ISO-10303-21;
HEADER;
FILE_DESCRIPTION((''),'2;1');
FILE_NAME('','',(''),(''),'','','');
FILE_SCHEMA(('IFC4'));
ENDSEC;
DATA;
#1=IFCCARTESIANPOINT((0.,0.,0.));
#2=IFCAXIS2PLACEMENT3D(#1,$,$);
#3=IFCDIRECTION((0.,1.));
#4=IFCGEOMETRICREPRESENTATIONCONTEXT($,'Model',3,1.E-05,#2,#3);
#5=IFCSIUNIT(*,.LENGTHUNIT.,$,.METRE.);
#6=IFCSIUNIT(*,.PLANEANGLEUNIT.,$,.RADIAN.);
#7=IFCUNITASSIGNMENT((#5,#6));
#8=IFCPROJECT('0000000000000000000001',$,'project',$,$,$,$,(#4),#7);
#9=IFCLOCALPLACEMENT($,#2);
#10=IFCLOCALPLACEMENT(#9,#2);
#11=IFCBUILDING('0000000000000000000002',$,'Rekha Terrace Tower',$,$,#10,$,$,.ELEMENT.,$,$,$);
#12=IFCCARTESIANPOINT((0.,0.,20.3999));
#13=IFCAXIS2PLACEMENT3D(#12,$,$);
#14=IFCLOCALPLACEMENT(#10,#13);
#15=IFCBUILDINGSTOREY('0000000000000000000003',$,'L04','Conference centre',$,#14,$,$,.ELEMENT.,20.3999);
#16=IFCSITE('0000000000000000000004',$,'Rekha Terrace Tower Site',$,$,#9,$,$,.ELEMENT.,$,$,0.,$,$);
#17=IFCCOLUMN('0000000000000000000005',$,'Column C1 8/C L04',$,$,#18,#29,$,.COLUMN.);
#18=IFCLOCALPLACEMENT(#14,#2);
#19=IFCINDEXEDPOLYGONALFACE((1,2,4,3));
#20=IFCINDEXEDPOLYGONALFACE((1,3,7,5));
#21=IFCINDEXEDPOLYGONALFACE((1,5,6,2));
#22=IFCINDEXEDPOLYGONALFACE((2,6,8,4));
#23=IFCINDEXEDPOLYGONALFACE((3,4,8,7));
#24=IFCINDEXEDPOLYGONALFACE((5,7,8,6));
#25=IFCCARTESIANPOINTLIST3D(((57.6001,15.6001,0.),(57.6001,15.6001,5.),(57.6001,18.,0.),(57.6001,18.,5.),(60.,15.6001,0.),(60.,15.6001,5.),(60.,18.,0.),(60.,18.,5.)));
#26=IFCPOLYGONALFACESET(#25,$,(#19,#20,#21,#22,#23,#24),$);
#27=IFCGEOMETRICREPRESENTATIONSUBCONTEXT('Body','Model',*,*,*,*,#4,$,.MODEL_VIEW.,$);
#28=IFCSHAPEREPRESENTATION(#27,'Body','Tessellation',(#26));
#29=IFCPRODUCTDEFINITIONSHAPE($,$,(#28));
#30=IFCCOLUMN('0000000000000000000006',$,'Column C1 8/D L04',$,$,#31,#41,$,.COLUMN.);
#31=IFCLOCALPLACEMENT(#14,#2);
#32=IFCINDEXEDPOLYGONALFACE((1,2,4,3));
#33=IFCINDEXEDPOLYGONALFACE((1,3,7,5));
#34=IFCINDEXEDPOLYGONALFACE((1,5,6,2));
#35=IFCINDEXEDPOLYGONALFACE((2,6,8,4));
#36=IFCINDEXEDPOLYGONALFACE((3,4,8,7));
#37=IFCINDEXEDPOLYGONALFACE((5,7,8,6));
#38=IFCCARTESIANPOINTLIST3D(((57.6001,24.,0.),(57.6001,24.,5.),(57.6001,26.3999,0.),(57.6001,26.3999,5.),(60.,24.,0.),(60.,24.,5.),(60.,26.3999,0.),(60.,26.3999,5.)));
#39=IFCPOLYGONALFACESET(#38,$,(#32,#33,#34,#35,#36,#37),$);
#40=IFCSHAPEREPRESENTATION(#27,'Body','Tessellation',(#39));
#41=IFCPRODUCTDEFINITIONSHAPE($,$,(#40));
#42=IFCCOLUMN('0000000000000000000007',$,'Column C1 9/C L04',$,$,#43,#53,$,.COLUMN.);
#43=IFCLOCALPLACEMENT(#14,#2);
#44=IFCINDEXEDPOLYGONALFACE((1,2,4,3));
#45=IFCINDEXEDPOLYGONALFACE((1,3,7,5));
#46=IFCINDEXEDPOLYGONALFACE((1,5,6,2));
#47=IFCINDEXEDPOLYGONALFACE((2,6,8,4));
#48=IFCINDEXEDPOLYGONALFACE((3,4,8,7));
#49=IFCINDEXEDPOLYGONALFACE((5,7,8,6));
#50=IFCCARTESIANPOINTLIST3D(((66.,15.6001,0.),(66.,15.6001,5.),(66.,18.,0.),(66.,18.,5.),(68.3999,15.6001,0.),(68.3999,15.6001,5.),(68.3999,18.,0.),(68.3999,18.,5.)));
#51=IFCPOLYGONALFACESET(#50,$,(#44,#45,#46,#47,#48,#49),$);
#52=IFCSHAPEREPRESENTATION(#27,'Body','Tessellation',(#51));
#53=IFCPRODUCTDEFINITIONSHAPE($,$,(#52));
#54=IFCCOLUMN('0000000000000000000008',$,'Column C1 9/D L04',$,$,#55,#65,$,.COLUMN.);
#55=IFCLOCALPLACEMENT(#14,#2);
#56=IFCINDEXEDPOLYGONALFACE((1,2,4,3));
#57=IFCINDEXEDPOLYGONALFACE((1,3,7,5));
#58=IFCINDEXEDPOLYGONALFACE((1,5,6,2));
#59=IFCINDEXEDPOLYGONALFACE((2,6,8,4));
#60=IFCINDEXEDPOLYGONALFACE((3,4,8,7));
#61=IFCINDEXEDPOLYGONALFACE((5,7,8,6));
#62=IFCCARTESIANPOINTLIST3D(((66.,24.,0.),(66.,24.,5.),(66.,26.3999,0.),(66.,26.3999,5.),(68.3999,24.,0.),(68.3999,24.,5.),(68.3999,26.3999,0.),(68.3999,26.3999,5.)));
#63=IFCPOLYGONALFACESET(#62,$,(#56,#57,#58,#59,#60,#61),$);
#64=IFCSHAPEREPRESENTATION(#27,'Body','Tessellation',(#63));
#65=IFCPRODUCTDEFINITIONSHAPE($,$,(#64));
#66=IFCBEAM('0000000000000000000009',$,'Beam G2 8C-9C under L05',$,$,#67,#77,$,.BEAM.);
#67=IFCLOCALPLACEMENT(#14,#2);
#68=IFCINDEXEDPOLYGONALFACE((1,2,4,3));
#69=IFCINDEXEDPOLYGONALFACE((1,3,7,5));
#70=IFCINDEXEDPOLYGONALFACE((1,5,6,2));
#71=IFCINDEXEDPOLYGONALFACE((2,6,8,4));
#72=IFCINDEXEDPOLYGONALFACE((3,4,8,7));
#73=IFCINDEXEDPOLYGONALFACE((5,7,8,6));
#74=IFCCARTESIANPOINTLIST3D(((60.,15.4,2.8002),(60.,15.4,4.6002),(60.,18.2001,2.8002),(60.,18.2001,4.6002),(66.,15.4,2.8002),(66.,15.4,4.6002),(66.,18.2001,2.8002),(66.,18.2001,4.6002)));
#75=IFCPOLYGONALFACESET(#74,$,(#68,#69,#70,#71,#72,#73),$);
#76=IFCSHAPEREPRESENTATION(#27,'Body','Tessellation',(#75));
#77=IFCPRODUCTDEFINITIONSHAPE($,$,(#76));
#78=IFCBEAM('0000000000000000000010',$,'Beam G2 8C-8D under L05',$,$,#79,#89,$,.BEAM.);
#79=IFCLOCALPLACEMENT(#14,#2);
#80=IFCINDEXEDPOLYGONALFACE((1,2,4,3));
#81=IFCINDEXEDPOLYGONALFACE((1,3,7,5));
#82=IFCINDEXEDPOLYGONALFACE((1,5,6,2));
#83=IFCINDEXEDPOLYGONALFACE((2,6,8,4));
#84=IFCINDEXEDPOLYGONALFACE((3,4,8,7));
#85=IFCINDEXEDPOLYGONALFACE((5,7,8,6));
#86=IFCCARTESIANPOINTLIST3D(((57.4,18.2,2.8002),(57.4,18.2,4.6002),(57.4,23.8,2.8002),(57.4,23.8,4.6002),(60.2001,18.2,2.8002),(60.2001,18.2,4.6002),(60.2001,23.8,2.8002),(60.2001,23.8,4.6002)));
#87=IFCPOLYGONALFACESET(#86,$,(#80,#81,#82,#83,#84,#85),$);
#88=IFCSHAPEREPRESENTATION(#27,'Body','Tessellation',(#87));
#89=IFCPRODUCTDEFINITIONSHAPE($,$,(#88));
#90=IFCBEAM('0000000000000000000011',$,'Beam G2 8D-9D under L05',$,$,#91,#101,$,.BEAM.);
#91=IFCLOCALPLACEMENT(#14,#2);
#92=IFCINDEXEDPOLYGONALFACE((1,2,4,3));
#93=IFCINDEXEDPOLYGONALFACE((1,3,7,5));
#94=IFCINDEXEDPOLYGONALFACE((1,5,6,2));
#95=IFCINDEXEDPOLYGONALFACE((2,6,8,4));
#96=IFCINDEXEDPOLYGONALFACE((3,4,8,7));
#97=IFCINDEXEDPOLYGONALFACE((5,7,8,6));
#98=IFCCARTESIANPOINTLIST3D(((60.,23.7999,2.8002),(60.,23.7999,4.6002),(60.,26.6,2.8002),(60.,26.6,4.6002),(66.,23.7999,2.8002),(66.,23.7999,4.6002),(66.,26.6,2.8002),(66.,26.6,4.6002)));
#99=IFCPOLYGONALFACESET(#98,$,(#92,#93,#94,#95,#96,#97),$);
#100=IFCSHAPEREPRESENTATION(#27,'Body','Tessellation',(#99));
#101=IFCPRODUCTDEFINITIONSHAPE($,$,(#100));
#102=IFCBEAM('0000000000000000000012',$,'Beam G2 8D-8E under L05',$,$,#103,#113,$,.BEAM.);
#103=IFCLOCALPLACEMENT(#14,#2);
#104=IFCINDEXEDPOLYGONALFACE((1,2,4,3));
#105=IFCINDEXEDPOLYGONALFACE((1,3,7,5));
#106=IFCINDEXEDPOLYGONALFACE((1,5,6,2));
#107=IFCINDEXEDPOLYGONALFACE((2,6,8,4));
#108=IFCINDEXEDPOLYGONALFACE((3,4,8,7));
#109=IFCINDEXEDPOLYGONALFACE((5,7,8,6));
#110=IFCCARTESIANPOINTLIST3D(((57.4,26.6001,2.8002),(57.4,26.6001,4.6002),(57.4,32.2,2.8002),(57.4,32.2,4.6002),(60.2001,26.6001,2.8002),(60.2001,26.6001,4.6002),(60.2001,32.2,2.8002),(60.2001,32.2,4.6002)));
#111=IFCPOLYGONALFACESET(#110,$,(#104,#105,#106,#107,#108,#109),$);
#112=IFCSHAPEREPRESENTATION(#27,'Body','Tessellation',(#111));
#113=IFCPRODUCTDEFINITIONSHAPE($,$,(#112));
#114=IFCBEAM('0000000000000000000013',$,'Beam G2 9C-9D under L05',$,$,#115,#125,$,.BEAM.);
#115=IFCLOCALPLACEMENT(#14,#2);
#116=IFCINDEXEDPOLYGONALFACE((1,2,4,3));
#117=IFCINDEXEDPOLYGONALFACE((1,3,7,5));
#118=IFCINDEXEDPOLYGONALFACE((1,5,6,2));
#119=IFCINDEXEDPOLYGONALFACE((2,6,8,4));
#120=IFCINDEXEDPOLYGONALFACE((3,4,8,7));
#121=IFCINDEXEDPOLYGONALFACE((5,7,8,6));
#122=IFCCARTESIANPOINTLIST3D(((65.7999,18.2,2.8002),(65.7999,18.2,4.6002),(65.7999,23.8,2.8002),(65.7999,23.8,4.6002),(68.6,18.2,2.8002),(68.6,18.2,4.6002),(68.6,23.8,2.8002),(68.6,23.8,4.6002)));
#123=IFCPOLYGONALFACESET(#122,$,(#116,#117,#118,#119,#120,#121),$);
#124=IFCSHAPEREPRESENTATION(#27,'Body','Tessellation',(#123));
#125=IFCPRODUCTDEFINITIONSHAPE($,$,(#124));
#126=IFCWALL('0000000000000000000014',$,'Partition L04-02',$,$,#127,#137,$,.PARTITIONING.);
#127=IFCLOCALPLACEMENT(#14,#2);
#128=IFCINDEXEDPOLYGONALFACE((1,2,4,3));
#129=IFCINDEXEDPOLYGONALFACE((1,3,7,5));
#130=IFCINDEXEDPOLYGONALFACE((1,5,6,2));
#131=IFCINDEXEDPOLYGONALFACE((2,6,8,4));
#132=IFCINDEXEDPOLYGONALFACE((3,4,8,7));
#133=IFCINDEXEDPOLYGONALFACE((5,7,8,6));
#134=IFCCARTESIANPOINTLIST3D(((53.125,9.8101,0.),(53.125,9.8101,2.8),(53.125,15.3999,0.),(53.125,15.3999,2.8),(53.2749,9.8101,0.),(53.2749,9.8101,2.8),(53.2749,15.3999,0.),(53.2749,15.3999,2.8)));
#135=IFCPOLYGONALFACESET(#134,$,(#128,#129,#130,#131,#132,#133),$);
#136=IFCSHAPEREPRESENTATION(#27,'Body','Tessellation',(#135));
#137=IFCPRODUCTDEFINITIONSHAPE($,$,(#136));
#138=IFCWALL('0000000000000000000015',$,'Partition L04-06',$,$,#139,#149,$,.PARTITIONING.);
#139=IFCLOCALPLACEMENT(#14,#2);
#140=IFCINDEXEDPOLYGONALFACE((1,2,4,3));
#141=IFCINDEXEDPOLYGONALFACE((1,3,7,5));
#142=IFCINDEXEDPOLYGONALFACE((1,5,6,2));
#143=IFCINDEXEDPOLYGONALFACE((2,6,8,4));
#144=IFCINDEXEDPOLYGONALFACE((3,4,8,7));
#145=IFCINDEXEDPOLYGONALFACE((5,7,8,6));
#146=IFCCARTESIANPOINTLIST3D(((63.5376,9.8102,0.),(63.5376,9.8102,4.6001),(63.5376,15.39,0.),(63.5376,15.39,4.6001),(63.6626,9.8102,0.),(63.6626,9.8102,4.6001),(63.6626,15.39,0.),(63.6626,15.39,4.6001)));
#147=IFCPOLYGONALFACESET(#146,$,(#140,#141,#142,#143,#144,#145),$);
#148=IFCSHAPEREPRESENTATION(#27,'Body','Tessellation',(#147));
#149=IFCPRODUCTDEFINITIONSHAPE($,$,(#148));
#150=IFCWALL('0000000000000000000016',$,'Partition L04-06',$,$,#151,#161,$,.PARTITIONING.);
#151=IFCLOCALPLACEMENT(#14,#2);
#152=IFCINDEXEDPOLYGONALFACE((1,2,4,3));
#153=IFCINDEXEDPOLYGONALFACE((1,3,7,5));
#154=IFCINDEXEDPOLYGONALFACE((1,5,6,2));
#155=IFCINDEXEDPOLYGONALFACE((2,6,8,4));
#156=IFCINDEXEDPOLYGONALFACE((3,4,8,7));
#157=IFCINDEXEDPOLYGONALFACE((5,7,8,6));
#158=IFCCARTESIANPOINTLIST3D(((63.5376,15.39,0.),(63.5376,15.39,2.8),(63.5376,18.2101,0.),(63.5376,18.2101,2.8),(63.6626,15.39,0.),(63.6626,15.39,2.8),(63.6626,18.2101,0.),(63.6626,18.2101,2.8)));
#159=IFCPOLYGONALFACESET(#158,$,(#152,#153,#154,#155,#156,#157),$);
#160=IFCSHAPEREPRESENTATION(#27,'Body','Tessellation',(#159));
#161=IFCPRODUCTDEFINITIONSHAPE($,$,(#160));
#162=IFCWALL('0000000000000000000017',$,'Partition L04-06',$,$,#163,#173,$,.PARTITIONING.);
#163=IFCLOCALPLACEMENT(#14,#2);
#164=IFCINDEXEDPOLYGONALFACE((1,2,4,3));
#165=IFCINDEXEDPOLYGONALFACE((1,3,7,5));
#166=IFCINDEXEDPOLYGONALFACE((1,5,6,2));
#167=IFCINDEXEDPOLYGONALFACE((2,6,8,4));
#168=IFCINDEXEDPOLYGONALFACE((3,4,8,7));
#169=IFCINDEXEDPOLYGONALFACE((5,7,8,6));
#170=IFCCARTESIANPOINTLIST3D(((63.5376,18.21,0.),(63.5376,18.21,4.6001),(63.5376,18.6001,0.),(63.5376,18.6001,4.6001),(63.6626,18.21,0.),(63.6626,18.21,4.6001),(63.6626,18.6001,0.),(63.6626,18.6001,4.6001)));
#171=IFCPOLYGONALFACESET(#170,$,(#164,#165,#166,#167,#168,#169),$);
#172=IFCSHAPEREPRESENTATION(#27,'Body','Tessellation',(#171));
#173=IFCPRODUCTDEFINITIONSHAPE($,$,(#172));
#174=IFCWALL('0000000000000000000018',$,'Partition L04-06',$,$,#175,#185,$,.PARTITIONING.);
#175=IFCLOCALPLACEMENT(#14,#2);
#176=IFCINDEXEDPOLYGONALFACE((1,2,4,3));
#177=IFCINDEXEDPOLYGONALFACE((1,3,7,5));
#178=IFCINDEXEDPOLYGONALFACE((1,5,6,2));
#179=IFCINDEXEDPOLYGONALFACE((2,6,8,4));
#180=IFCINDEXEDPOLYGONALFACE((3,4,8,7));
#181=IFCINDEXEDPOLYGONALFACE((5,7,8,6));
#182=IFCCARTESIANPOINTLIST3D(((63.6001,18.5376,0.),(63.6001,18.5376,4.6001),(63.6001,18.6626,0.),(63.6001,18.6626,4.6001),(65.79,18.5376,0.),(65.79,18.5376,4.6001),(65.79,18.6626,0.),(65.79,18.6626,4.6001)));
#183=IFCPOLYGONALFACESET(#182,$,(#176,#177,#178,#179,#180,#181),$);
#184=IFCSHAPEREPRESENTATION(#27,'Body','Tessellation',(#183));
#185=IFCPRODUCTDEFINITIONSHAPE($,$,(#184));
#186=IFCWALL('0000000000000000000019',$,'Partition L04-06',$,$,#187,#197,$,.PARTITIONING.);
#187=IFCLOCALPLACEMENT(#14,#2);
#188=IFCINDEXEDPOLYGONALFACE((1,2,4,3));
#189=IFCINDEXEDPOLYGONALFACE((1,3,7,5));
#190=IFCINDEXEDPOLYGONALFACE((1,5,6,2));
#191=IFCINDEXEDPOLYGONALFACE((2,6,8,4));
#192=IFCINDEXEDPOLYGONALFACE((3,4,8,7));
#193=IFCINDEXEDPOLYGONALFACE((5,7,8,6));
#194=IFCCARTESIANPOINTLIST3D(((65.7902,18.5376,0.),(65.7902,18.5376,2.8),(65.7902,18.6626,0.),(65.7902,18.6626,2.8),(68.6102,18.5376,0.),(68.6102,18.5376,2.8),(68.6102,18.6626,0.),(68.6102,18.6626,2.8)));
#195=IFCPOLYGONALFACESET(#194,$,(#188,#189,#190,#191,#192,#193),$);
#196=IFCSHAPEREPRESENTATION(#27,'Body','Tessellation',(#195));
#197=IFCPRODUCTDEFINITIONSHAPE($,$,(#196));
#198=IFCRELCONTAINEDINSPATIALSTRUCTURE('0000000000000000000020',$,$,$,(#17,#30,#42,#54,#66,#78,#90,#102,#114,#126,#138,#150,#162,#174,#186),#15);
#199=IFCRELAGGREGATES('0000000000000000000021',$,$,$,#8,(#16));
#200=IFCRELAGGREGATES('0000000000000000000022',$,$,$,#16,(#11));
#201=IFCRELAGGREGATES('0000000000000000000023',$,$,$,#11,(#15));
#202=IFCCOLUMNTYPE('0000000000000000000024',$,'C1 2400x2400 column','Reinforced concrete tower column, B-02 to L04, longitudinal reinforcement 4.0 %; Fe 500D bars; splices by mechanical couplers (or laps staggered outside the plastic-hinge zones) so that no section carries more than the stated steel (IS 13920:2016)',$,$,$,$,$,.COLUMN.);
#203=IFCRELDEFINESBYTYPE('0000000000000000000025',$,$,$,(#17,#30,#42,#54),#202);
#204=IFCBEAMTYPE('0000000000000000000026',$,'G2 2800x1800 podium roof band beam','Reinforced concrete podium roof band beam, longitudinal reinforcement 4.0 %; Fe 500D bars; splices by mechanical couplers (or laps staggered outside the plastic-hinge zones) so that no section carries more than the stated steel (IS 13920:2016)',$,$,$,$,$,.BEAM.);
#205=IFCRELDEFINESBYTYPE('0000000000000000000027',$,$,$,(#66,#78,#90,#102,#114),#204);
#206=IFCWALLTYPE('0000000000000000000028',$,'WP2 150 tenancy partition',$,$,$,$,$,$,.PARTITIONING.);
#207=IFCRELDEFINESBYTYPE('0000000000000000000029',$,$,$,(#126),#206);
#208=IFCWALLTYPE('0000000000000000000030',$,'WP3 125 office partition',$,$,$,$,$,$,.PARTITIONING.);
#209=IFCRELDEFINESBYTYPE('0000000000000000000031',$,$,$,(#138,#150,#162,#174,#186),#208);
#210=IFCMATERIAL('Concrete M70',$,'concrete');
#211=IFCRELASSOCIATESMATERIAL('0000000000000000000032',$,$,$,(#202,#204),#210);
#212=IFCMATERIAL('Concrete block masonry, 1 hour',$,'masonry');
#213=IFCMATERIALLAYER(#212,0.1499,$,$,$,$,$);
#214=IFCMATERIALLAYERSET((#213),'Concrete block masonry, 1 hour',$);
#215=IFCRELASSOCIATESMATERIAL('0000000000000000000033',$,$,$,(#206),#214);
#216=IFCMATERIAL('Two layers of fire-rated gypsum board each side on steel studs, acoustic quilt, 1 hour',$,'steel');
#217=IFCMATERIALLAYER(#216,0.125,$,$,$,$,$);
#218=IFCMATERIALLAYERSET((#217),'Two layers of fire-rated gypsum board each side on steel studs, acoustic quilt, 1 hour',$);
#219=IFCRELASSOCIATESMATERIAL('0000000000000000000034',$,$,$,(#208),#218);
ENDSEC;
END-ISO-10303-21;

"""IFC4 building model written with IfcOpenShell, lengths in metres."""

from ifc_helpers import new_model, si_unit, direction, frame, frame_2d, origin, origin_2d, place, context, subcontext, project, spatial, rectangle, extrude, material, layer, layer_set, material_profile, profile_set, type_object, element, save


model = new_model("IFC4")

# Units and contexts
model_context = context("Model", 3, precision=1e-05, world=origin(), true_north=direction((0.0, 1.0)))
body_context = subcontext(model_context, "Body", "Model", "MODEL_VIEW")
ifc_project = project(units=[si_unit("LENGTHUNIT", "METRE"), si_unit("PLANEANGLEUNIT", "RADIAN")], contexts=[model_context])

# Site, building, storey
site_placement = place(None, origin())
site = spatial("IfcSite", under=ifc_project, at=site_placement, Name="Rekha Terrace Tower Site", CompositionType="ELEMENT", RefElevation=0.0)
building_placement = place(site_placement, origin())
building = spatial("IfcBuilding", under=site, at=building_placement, Name="Rekha Terrace Tower", CompositionType="ELEMENT")
storey_placement = place(building_placement, frame((0.0, 0.0, 20.3999)))
storey = spatial("IfcBuildingStorey", under=building, at=storey_placement, Name="L04", Description="Conference centre", CompositionType="ELEMENT", Elevation=20.3999)

# Columns
ifc_material_1 = material(Name="Concrete M70", Category="concrete")
ifc_material_profile_1 = material_profile(ifc_material_1, rectangle(XDim=2.3999, YDim=2.3999, at=origin_2d()), Name="RC 2400x2400")
ifc_profile_set_1 = profile_set([ifc_material_profile_1], Name="Concrete M70")
column_type = type_object("IfcColumnType", Name="C1 2400x2400 column", Description="Reinforced concrete tower column, B-02 to L04, longitudinal reinforcement 4.0 %; Fe 500D bars; splices by mechanical couplers (or laps staggered outside the plastic-hinge zones) so that no section carries more than the stated steel (IS 13920:2016)", PredefinedType="COLUMN", material=ifc_profile_set_1)
for number, where, z_axis, x_axis, name in (
    (1, (58.8, 16.8, 0.0), (0.0, 0.0, 1.0), (1.0, 0.0, 0.0), "Column C1 8/C L04"),
    (2, (58.8, 25.2, 0.0), (0.0, 0.0, 1.0), (1.0, 0.0, 0.0), "Column C1 8/D L04"),
    (3, (67.2, 16.8, 0.0), (0.0, 0.0, 1.0), (1.0, 0.0, 0.0), "Column C1 9/C L04"),
    (4, (67.2, 25.2, 0.0), (0.0, 0.0, 1.0), (1.0, 0.0, 0.0), "Column C1 9/D L04"),
):
    element("IfcColumn", number, at=place(storey_placement, frame(where, z_axis=z_axis, x_axis=x_axis)), inside=storey, type_object=column_type, Name=name, PredefinedType="COLUMN", context=body_context, shape_type="SweptSolid", body=[
        extrude(rectangle(XDim=2.3999, YDim=2.3999, at=origin_2d()), origin(), (0.0, 0.0, 1.0), 5.0),
    ])

# Beams
ifc_material_profile_2 = material_profile(ifc_material_1, rectangle(XDim=2.8, YDim=1.8, at=origin_2d()), Name="RC 2800x1800")
ifc_profile_set_2 = profile_set([ifc_material_profile_2], Name="Concrete M70")
beam_type = type_object("IfcBeamType", Name="G2 2800x1800 podium roof band beam", Description="Reinforced concrete podium roof band beam, longitudinal reinforcement 4.0 %; Fe 500D bars; splices by mechanical couplers (or laps staggered outside the plastic-hinge zones) so that no section carries more than the stated steel (IS 13920:2016)", PredefinedType="BEAM", material=ifc_profile_set_2)
beam_1_placement = place(storey_placement, frame((60.0, 16.8, 3.7002), z_axis=(1.0, 0.0, 0.0), x_axis=(0.0, 1.0, 0.0)))
element("IfcBeam", 5, at=beam_1_placement, inside=storey, type_object=beam_type, Name="Beam G2 8C-9C under L05", PredefinedType="BEAM", context=body_context, shape_type="SweptSolid", body=[
    extrude(rectangle(XDim=2.8, YDim=1.8, at=origin_2d()), origin(), (0.0, 0.0, 1.0), 6.0),
])
beam_2_placement = place(storey_placement, frame((58.8, 18.2, 3.7002), z_axis=(0.0, 1.0, 0.0), x_axis=(-1.0, 0.0, 0.0)))
element("IfcBeam", 6, at=beam_2_placement, inside=storey, type_object=beam_type, Name="Beam G2 8C-8D under L05", PredefinedType="BEAM", context=body_context, shape_type="SweptSolid", body=[
    extrude(rectangle(XDim=2.8, YDim=1.8, at=origin_2d()), origin(), (0.0, 0.0, 1.0), 5.6001),
])
beam_3_placement = place(storey_placement, frame((60.0, 25.2, 3.7002), z_axis=(1.0, 0.0, 0.0), x_axis=(0.0, 1.0, 0.0)))
element("IfcBeam", 7, at=beam_3_placement, inside=storey, type_object=beam_type, Name="Beam G2 8D-9D under L05", PredefinedType="BEAM", context=body_context, shape_type="SweptSolid", body=[
    extrude(rectangle(XDim=2.8, YDim=1.8, at=origin_2d()), origin(), (0.0, 0.0, 1.0), 6.0),
])
beam_4_placement = place(storey_placement, frame((58.8, 26.6001, 3.7002), z_axis=(0.0, 1.0, 0.0), x_axis=(-1.0, 0.0, 0.0)))
element("IfcBeam", 8, at=beam_4_placement, inside=storey, type_object=beam_type, Name="Beam G2 8D-8E under L05", PredefinedType="BEAM", context=body_context, shape_type="SweptSolid", body=[
    extrude(rectangle(XDim=2.8, YDim=1.8, at=origin_2d()), origin(), (0.0, 0.0, 1.0), 5.5999),
])
beam_5_placement = place(storey_placement, frame((67.2, 18.2, 3.7002), z_axis=(0.0, 1.0, 0.0), x_axis=(-1.0, 0.0, 0.0)))
element("IfcBeam", 9, at=beam_5_placement, inside=storey, type_object=beam_type, Name="Beam G2 9C-9D under L05", PredefinedType="BEAM", context=body_context, shape_type="SweptSolid", body=[
    extrude(rectangle(XDim=2.8, YDim=1.8, at=origin_2d()), origin(), (0.0, 0.0, 1.0), 5.6001),
])

# Walls
ifc_material_2 = material(Name="Concrete block masonry, 1 hour", Category="masonry")
ifc_layer_1 = layer(ifc_material_2, 0.1499)
ifc_layer_set_1 = layer_set([ifc_layer_1], Name="Concrete block masonry, 1 hour")
wall_type_1 = type_object("IfcWallType", Name="WP2 150 tenancy partition", PredefinedType="PARTITIONING", material=ifc_layer_set_1)
wall_1_placement = place(storey_placement, frame((53.2, 15.3999, 0.0), z_axis=(0.0, 0.0, 1.0), x_axis=(0.0, -1.0, 0.0)))
element("IfcWall", 10, at=wall_1_placement, inside=storey, type_object=wall_type_1, Name="Partition L04-02", PredefinedType="PARTITIONING", context=body_context, shape_type="SweptSolid", body=[
    extrude(rectangle(XDim=5.5898, YDim=0.1499, at=frame_2d((2.7949, 0.0))), origin(), (0.0, 0.0, 1.0), 2.8),
])
ifc_material_3 = material(Name="Two layers of fire-rated gypsum board each side on steel studs, acoustic quilt, 1 hour", Category="steel")
ifc_layer_2 = layer(ifc_material_3, 0.125)
ifc_layer_set_2 = layer_set([ifc_layer_2], Name="Two layers of fire-rated gypsum board each side on steel studs, acoustic quilt, 1 hour")
wall_type_2 = type_object("IfcWallType", Name="WP3 125 office partition", PredefinedType="PARTITIONING", material=ifc_layer_set_2)
wall_2_placement = place(storey_placement, frame((63.6001, 9.8101, 0.0), z_axis=(0.0, 0.0, 1.0), x_axis=(0.0, 1.0, 0.0)))
element("IfcWall", 11, at=wall_2_placement, inside=storey, type_object=wall_type_2, Name="Partition L04-06", PredefinedType="PARTITIONING", context=body_context, shape_type="SweptSolid", body=[
    extrude(rectangle(XDim=5.5798, YDim=0.125, at=frame_2d((2.79, 0.0))), origin(), (0.0, 0.0, 1.0), 4.6001),
])
wall_3_placement = place(storey_placement, frame((63.6001, 15.3899, 0.0), z_axis=(0.0, 0.0, 1.0), x_axis=(0.0, 1.0, 0.0)))
element("IfcWall", 12, at=wall_3_placement, inside=storey, type_object=wall_type_2, Name="Partition L04-06", PredefinedType="PARTITIONING", context=body_context, shape_type="SweptSolid", body=[
    extrude(rectangle(XDim=2.8201, YDim=0.125, at=frame_2d((1.4102, 0.0))), origin(), (0.0, 0.0, 1.0), 2.8),
])
wall_4_placement = place(storey_placement, frame((63.6001, 18.21, 0.0), z_axis=(0.0, 0.0, 1.0), x_axis=(0.0, 1.0, 0.0)))
element("IfcWall", 13, at=wall_4_placement, inside=storey, type_object=wall_type_2, Name="Partition L04-06", PredefinedType="PARTITIONING", context=body_context, shape_type="SweptSolid", body=[
    extrude(rectangle(XDim=0.3901, YDim=0.125, at=frame_2d((0.1951, 0.0))), origin(), (0.0, 0.0, 1.0), 4.6001),
])
wall_5_placement = place(storey_placement, frame((63.6001, 18.6001, 0.0), z_axis=(0.0, 0.0, 1.0), x_axis=(1.0, 0.0, 0.0)))
element("IfcWall", 14, at=wall_5_placement, inside=storey, type_object=wall_type_2, Name="Partition L04-06", PredefinedType="PARTITIONING", context=body_context, shape_type="SweptSolid", body=[
    extrude(rectangle(XDim=2.1899, YDim=0.125, at=frame_2d((1.095, 0.0))), origin(), (0.0, 0.0, 1.0), 4.6001),
])
wall_6_placement = place(storey_placement, frame((65.79, 18.6001, 0.0), z_axis=(0.0, 0.0, 1.0), x_axis=(1.0, 0.0, 0.0)))
element("IfcWall", 15, at=wall_6_placement, inside=storey, type_object=wall_type_2, Name="Partition L04-06", PredefinedType="PARTITIONING", context=body_context, shape_type="SweptSolid", body=[
    extrude(rectangle(XDim=2.8201, YDim=0.125, at=frame_2d((1.4102, 0.0))), origin(), (0.0, 0.0, 1.0), 2.8),
])

save(model, "model.ifc")
